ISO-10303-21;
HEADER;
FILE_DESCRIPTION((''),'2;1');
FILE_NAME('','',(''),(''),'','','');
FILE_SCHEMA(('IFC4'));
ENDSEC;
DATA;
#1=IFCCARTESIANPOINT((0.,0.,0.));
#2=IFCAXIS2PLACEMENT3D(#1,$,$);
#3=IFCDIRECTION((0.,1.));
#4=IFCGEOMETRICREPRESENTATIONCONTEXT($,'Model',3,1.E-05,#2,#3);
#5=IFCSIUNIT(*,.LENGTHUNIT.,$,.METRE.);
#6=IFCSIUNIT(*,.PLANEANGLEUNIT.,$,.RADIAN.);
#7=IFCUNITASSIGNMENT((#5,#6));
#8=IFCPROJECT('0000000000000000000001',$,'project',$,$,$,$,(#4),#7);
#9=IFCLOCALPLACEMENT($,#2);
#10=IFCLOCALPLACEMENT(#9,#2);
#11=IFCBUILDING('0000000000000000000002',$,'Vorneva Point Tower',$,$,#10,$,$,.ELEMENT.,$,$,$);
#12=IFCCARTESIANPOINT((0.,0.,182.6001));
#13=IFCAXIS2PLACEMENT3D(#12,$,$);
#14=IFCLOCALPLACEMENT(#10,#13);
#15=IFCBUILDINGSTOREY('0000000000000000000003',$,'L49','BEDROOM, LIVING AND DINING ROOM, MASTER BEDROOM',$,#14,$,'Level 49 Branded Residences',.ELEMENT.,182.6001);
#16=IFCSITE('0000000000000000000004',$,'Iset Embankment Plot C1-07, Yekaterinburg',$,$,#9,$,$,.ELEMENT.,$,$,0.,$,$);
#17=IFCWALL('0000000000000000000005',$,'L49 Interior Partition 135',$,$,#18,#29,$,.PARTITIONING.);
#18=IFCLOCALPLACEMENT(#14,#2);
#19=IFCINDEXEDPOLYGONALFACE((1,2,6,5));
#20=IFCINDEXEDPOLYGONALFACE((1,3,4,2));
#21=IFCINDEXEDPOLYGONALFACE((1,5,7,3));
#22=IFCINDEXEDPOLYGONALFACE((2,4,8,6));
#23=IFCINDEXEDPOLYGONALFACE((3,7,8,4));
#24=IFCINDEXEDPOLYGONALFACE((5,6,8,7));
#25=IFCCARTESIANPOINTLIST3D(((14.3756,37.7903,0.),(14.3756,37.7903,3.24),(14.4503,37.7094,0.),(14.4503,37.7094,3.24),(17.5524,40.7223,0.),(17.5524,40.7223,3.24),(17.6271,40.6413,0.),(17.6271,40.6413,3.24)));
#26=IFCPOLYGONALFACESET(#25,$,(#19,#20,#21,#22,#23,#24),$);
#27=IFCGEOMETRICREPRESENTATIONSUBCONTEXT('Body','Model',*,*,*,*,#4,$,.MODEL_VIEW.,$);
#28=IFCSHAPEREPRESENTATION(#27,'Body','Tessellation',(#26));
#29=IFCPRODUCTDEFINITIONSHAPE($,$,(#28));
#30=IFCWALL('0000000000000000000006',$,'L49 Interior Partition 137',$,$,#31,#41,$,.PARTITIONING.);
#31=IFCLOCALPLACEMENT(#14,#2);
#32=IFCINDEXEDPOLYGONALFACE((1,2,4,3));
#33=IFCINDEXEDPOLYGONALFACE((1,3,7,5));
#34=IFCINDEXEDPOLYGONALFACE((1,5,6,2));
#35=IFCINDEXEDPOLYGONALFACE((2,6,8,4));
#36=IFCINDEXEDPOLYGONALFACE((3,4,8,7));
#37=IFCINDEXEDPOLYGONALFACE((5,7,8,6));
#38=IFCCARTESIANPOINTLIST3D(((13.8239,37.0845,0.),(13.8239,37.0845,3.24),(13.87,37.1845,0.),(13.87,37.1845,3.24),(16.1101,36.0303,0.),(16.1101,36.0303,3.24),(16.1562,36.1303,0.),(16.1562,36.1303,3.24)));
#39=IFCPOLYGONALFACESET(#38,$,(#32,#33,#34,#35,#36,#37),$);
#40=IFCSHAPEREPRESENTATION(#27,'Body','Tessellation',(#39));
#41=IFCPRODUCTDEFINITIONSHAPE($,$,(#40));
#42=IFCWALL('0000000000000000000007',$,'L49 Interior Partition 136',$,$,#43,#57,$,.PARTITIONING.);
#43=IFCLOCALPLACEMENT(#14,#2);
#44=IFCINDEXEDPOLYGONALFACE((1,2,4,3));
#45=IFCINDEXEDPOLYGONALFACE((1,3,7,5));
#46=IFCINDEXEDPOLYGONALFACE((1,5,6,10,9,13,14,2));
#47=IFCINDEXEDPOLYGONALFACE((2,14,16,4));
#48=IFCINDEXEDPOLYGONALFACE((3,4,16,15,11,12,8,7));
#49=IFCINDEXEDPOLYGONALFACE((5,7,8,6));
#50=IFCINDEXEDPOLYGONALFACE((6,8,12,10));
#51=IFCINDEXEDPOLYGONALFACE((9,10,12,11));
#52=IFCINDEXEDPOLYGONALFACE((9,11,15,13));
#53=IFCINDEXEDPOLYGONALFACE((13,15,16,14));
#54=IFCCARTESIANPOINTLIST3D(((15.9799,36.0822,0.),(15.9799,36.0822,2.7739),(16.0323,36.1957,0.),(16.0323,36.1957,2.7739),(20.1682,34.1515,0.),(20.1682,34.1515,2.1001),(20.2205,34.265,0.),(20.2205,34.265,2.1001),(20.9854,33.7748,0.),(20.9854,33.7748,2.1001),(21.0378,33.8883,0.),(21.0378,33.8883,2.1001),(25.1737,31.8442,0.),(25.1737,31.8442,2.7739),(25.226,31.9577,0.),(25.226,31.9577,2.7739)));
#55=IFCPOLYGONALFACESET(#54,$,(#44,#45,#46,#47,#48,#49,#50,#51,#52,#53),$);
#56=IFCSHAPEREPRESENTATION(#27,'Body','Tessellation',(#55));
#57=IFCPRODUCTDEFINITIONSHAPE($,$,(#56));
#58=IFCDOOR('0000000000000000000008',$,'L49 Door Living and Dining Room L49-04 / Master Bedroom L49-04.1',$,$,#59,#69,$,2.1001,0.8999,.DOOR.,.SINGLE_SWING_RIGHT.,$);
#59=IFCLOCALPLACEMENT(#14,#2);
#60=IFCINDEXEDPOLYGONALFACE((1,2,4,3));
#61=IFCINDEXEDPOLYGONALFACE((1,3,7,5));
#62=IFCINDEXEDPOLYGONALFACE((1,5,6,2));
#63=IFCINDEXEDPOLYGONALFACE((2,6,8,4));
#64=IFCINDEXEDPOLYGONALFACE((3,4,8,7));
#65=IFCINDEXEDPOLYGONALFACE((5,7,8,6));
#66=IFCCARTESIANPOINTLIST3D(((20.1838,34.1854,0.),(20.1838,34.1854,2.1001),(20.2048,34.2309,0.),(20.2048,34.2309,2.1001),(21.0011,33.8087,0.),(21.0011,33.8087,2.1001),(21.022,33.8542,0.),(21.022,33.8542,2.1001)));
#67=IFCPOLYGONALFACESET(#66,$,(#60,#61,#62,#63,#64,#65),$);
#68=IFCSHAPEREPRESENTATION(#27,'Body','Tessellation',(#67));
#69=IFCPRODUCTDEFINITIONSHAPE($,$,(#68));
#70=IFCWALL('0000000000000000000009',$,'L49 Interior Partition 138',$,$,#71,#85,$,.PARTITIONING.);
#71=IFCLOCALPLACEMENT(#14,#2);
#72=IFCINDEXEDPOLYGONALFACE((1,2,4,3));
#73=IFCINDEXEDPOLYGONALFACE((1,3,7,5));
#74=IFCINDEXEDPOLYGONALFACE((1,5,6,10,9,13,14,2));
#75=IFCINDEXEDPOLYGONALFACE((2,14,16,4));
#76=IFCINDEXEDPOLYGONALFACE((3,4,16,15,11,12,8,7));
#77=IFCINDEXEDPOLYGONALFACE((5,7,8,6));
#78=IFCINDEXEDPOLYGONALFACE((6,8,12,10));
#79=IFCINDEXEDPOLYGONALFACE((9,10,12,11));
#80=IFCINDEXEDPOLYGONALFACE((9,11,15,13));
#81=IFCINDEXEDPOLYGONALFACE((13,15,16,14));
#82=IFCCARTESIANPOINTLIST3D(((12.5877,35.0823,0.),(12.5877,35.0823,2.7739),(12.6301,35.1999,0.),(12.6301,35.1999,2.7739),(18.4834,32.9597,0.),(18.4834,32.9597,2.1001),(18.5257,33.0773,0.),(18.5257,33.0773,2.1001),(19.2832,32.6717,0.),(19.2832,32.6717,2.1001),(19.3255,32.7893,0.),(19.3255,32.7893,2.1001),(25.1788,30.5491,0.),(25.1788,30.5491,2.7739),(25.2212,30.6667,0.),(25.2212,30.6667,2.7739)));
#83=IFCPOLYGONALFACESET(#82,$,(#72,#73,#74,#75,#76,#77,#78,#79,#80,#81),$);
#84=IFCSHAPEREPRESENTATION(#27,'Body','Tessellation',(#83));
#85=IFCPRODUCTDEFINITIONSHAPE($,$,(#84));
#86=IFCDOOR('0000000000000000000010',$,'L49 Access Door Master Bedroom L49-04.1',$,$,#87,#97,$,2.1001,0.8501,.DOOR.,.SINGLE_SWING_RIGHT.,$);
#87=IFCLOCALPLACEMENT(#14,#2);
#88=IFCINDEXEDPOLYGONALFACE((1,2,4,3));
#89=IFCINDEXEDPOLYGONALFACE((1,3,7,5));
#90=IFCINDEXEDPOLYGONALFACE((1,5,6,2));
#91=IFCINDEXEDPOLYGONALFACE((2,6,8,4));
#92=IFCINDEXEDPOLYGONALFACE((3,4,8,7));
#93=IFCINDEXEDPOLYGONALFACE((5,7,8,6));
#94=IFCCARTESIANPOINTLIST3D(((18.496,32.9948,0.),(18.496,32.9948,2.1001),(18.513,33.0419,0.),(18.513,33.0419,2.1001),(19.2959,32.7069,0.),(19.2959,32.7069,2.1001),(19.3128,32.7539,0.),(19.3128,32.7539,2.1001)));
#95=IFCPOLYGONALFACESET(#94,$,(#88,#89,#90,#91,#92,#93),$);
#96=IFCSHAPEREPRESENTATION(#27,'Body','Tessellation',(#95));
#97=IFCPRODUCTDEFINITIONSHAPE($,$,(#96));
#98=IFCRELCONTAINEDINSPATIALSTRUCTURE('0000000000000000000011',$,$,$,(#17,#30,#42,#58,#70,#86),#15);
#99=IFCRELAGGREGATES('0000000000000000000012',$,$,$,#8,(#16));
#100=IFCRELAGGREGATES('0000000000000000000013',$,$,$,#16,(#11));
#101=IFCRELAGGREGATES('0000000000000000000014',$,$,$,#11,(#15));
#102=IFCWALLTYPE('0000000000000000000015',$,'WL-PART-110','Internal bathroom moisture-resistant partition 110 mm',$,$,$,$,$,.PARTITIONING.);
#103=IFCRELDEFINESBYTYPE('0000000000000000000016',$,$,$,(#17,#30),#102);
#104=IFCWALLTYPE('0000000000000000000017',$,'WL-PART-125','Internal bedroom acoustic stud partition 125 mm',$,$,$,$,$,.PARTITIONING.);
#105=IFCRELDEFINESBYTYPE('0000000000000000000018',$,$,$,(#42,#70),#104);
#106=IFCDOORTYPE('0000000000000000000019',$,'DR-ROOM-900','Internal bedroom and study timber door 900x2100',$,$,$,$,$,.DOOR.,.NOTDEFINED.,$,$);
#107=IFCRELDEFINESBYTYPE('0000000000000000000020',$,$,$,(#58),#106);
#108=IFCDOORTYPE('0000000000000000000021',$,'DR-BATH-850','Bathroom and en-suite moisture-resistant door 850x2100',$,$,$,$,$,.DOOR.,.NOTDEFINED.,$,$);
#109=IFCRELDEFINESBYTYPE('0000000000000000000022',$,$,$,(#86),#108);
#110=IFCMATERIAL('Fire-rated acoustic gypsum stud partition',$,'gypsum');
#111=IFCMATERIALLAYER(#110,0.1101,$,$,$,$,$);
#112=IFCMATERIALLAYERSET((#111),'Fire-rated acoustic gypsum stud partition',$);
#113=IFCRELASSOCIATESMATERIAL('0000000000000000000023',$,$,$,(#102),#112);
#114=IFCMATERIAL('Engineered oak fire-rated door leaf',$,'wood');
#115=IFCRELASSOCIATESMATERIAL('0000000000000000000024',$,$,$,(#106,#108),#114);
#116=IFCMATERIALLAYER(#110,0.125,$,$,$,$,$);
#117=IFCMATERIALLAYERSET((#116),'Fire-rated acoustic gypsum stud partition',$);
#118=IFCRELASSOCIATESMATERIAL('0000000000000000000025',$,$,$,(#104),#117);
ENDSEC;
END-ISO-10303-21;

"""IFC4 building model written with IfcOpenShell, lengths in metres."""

from ifc_helpers import new_model, si_unit, direction, frame, frame_2d, origin, place, context, subcontext, project, spatial, rectangle, extrude, material, layer, layer_set, type_object, element, fill, save


model = new_model("IFC4")

# Units and contexts
model_context = context("Model", 3, precision=1e-05, world=origin(), true_north=direction((0.0, 1.0)))
body_context = subcontext(model_context, "Body", "Model", "MODEL_VIEW")
ifc_project = project(units=[si_unit("LENGTHUNIT", "METRE"), si_unit("PLANEANGLEUNIT", "RADIAN")], contexts=[model_context])

# Site, building, storey
site_placement = place(None, origin())
site = spatial("IfcSite", under=ifc_project, at=site_placement, Name="Iset Embankment Plot C1-07, Yekaterinburg", CompositionType="ELEMENT", RefElevation=0.0)
building_placement = place(site_placement, origin())
building = spatial("IfcBuilding", under=site, at=building_placement, Name="Vorneva Point Tower", CompositionType="ELEMENT")
storey_placement = place(building_placement, frame((0.0, 0.0, 182.6001)))
storey = spatial("IfcBuildingStorey", under=building, at=storey_placement, Name="L49", Description="BEDROOM, LIVING AND DINING ROOM, MASTER BEDROOM", LongName="Level 49 Branded Residences", CompositionType="ELEMENT", Elevation=182.6001)

# Shared definitions
ifc_material_1 = material(Name="Fire-rated acoustic gypsum stud partition", Category="gypsum")
ifc_layer_1 = layer(ifc_material_1, 0.1101)
ifc_layer_set_1 = layer_set([ifc_layer_1], Name="Fire-rated acoustic gypsum stud partition")
wall_type_1 = type_object("IfcWallType", Name="WL-PART-110", Description="Internal bathroom moisture-resistant partition 110 mm", PredefinedType="PARTITIONING", material=ifc_layer_set_1)

# Shared definitions
ifc_material_2 = material(Name="Engineered oak fire-rated door leaf", Category="wood")
door_type_1 = type_object("IfcDoorType", Name="DR-ROOM-900", Description="Internal bedroom and study timber door 900x2100", OperationType="NOTDEFINED", PredefinedType="DOOR", material=ifc_material_2)

# Walls
wall_1_placement = place(storey_placement, frame((17.5898, 40.6819, 0.0), z_axis=(0.0, 0.0, 1.0), x_axis=(-0.734862, -0.678217, 0.0)))
element("IfcWall", 1, at=wall_1_placement, inside=storey, type_object=wall_type_1, Name="L49 Interior Partition 135", PredefinedType="PARTITIONING", context=body_context, shape_type="SweptSolid", body=[
    extrude(rectangle(XDim=4.323, YDim=0.1101, at=frame_2d((2.1616, 0.0))), origin(), (0.0, 0.0, 1.0), 3.24),
])
wall_2_placement = place(storey_placement, frame((13.8469, 37.1345, 0.0), z_axis=(0.0, 0.0, 1.0), x_axis=(0.908101, -0.418751, 0.0)))
element("IfcWall", 2, at=wall_2_placement, inside=storey, type_object=wall_type_1, Name="L49 Interior Partition 137", PredefinedType="PARTITIONING", context=body_context, shape_type="SweptSolid", body=[
    extrude(rectangle(XDim=2.5176, YDim=0.1101, at=frame_2d((1.2588, 0.0))), origin(), (0.0, 0.0, 1.0), 3.24),
])

# Walls, openings, doors
ifc_layer_2 = layer(ifc_material_1, 0.125)
ifc_layer_set_2 = layer_set([ifc_layer_2], Name="Fire-rated acoustic gypsum stud partition")
wall_type_2 = type_object("IfcWallType", Name="WL-PART-125", Description="Internal bedroom acoustic stud partition 125 mm", PredefinedType="PARTITIONING", material=ifc_layer_set_2)
wall_3_placement = place(storey_placement, frame((16.0061, 36.1389, 0.0), z_axis=(0.0, 0.0, 1.0), x_axis=(0.908158, -0.418628, 0.0)))
wall_3 = element("IfcWall", 3, at=wall_3_placement, inside=storey, type_object=wall_type_2, Name="L49 Interior Partition 136", PredefinedType="PARTITIONING", context=body_context, shape_type="SweptSolid", body=[
    extrude(rectangle(XDim=10.1235, YDim=0.125, at=frame_2d((5.0618, 0.0))), origin(), (0.0, 0.0, 1.0), 2.7739),
])
opening_1_placement = place(wall_3_placement, frame((4.6118, 0.0, 0.0)))
opening_1 = element("IfcOpeningElement", 4, at=opening_1_placement, cuts=wall_3, PredefinedType="OPENING", context=body_context, shape_type="SweptSolid", body=[
    extrude(rectangle(XDim=0.8999, YDim=2.1001, at=frame_2d((0.45, 1.05))), frame((0.0, 0.0774, 0.0), z_axis=(0.0, -1.0, 0.0), x_axis=(1.0, 0.0, 0.0)), (0.0, 0.0, 1.0), 0.1548),
])
door_1_placement = place(opening_1_placement, origin())
door_1 = element("IfcDoor", 5, at=door_1_placement, inside=storey, type_object=door_type_1, Name="L49 Door Living and Dining Room L49-04 / Master Bedroom L49-04.1", OperationType="SINGLE_SWING_RIGHT", OverallHeight=2.1001, OverallWidth=0.8999, PredefinedType="DOOR", context=body_context, shape_type="SweptSolid", body=[
    extrude(rectangle(XDim=0.8999, YDim=2.1001, at=frame_2d((0.45, 1.05))), frame((0.0, 0.0249, 0.0), z_axis=(0.0, -1.0, 0.0), x_axis=(1.0, 0.0, 0.0)), (0.0, 0.0, 1.0), 0.05),
])
fill(opening_1, door_1)
wall_4_placement = place(storey_placement, frame((12.6089, 35.1411, 0.0), z_axis=(0.0, 0.0, 1.0), x_axis=(0.940877, -0.338747, 0.0)))
wall_4 = element("IfcWall", 6, at=wall_4_placement, inside=storey, type_object=wall_type_2, Name="L49 Interior Partition 138", PredefinedType="PARTITIONING", context=body_context, shape_type="SweptSolid", body=[
    extrude(rectangle(XDim=13.3823, YDim=0.125, at=frame_2d((6.6912, 0.0))), origin(), (0.0, 0.0, 1.0), 2.7739),
])
opening_2_placement = place(wall_4_placement, frame((6.2661, 0.0, 0.0)))
opening_2 = element("IfcOpeningElement", 7, at=opening_2_placement, cuts=wall_4, PredefinedType="OPENING", context=body_context, shape_type="SweptSolid", body=[
    extrude(rectangle(XDim=0.8501, YDim=2.1001, at=frame_2d((0.425, 1.05))), frame((0.0, 0.0774, 0.0), z_axis=(0.0, -1.0, 0.0), x_axis=(1.0, 0.0, 0.0)), (0.0, 0.0, 1.0), 0.1548),
])
door_type_2 = type_object("IfcDoorType", Name="DR-BATH-850", Description="Bathroom and en-suite moisture-resistant door 850x2100", OperationType="NOTDEFINED", PredefinedType="DOOR", material=ifc_material_2)
door_2_placement = place(opening_2_placement, origin())
door_2 = element("IfcDoor", 8, at=door_2_placement, inside=storey, type_object=door_type_2, Name="L49 Access Door Master Bedroom L49-04.1", OperationType="SINGLE_SWING_RIGHT", OverallHeight=2.1001, OverallWidth=0.8501, PredefinedType="DOOR", context=body_context, shape_type="SweptSolid", body=[
    extrude(rectangle(XDim=0.8501, YDim=2.1001, at=frame_2d((0.425, 1.05))), frame((0.0, 0.0249, 0.0), z_axis=(0.0, -1.0, 0.0), x_axis=(1.0, 0.0, 0.0)), (0.0, 0.0, 1.0), 0.05),
])
fill(opening_2, door_2)

save(model, "model.ifc")
